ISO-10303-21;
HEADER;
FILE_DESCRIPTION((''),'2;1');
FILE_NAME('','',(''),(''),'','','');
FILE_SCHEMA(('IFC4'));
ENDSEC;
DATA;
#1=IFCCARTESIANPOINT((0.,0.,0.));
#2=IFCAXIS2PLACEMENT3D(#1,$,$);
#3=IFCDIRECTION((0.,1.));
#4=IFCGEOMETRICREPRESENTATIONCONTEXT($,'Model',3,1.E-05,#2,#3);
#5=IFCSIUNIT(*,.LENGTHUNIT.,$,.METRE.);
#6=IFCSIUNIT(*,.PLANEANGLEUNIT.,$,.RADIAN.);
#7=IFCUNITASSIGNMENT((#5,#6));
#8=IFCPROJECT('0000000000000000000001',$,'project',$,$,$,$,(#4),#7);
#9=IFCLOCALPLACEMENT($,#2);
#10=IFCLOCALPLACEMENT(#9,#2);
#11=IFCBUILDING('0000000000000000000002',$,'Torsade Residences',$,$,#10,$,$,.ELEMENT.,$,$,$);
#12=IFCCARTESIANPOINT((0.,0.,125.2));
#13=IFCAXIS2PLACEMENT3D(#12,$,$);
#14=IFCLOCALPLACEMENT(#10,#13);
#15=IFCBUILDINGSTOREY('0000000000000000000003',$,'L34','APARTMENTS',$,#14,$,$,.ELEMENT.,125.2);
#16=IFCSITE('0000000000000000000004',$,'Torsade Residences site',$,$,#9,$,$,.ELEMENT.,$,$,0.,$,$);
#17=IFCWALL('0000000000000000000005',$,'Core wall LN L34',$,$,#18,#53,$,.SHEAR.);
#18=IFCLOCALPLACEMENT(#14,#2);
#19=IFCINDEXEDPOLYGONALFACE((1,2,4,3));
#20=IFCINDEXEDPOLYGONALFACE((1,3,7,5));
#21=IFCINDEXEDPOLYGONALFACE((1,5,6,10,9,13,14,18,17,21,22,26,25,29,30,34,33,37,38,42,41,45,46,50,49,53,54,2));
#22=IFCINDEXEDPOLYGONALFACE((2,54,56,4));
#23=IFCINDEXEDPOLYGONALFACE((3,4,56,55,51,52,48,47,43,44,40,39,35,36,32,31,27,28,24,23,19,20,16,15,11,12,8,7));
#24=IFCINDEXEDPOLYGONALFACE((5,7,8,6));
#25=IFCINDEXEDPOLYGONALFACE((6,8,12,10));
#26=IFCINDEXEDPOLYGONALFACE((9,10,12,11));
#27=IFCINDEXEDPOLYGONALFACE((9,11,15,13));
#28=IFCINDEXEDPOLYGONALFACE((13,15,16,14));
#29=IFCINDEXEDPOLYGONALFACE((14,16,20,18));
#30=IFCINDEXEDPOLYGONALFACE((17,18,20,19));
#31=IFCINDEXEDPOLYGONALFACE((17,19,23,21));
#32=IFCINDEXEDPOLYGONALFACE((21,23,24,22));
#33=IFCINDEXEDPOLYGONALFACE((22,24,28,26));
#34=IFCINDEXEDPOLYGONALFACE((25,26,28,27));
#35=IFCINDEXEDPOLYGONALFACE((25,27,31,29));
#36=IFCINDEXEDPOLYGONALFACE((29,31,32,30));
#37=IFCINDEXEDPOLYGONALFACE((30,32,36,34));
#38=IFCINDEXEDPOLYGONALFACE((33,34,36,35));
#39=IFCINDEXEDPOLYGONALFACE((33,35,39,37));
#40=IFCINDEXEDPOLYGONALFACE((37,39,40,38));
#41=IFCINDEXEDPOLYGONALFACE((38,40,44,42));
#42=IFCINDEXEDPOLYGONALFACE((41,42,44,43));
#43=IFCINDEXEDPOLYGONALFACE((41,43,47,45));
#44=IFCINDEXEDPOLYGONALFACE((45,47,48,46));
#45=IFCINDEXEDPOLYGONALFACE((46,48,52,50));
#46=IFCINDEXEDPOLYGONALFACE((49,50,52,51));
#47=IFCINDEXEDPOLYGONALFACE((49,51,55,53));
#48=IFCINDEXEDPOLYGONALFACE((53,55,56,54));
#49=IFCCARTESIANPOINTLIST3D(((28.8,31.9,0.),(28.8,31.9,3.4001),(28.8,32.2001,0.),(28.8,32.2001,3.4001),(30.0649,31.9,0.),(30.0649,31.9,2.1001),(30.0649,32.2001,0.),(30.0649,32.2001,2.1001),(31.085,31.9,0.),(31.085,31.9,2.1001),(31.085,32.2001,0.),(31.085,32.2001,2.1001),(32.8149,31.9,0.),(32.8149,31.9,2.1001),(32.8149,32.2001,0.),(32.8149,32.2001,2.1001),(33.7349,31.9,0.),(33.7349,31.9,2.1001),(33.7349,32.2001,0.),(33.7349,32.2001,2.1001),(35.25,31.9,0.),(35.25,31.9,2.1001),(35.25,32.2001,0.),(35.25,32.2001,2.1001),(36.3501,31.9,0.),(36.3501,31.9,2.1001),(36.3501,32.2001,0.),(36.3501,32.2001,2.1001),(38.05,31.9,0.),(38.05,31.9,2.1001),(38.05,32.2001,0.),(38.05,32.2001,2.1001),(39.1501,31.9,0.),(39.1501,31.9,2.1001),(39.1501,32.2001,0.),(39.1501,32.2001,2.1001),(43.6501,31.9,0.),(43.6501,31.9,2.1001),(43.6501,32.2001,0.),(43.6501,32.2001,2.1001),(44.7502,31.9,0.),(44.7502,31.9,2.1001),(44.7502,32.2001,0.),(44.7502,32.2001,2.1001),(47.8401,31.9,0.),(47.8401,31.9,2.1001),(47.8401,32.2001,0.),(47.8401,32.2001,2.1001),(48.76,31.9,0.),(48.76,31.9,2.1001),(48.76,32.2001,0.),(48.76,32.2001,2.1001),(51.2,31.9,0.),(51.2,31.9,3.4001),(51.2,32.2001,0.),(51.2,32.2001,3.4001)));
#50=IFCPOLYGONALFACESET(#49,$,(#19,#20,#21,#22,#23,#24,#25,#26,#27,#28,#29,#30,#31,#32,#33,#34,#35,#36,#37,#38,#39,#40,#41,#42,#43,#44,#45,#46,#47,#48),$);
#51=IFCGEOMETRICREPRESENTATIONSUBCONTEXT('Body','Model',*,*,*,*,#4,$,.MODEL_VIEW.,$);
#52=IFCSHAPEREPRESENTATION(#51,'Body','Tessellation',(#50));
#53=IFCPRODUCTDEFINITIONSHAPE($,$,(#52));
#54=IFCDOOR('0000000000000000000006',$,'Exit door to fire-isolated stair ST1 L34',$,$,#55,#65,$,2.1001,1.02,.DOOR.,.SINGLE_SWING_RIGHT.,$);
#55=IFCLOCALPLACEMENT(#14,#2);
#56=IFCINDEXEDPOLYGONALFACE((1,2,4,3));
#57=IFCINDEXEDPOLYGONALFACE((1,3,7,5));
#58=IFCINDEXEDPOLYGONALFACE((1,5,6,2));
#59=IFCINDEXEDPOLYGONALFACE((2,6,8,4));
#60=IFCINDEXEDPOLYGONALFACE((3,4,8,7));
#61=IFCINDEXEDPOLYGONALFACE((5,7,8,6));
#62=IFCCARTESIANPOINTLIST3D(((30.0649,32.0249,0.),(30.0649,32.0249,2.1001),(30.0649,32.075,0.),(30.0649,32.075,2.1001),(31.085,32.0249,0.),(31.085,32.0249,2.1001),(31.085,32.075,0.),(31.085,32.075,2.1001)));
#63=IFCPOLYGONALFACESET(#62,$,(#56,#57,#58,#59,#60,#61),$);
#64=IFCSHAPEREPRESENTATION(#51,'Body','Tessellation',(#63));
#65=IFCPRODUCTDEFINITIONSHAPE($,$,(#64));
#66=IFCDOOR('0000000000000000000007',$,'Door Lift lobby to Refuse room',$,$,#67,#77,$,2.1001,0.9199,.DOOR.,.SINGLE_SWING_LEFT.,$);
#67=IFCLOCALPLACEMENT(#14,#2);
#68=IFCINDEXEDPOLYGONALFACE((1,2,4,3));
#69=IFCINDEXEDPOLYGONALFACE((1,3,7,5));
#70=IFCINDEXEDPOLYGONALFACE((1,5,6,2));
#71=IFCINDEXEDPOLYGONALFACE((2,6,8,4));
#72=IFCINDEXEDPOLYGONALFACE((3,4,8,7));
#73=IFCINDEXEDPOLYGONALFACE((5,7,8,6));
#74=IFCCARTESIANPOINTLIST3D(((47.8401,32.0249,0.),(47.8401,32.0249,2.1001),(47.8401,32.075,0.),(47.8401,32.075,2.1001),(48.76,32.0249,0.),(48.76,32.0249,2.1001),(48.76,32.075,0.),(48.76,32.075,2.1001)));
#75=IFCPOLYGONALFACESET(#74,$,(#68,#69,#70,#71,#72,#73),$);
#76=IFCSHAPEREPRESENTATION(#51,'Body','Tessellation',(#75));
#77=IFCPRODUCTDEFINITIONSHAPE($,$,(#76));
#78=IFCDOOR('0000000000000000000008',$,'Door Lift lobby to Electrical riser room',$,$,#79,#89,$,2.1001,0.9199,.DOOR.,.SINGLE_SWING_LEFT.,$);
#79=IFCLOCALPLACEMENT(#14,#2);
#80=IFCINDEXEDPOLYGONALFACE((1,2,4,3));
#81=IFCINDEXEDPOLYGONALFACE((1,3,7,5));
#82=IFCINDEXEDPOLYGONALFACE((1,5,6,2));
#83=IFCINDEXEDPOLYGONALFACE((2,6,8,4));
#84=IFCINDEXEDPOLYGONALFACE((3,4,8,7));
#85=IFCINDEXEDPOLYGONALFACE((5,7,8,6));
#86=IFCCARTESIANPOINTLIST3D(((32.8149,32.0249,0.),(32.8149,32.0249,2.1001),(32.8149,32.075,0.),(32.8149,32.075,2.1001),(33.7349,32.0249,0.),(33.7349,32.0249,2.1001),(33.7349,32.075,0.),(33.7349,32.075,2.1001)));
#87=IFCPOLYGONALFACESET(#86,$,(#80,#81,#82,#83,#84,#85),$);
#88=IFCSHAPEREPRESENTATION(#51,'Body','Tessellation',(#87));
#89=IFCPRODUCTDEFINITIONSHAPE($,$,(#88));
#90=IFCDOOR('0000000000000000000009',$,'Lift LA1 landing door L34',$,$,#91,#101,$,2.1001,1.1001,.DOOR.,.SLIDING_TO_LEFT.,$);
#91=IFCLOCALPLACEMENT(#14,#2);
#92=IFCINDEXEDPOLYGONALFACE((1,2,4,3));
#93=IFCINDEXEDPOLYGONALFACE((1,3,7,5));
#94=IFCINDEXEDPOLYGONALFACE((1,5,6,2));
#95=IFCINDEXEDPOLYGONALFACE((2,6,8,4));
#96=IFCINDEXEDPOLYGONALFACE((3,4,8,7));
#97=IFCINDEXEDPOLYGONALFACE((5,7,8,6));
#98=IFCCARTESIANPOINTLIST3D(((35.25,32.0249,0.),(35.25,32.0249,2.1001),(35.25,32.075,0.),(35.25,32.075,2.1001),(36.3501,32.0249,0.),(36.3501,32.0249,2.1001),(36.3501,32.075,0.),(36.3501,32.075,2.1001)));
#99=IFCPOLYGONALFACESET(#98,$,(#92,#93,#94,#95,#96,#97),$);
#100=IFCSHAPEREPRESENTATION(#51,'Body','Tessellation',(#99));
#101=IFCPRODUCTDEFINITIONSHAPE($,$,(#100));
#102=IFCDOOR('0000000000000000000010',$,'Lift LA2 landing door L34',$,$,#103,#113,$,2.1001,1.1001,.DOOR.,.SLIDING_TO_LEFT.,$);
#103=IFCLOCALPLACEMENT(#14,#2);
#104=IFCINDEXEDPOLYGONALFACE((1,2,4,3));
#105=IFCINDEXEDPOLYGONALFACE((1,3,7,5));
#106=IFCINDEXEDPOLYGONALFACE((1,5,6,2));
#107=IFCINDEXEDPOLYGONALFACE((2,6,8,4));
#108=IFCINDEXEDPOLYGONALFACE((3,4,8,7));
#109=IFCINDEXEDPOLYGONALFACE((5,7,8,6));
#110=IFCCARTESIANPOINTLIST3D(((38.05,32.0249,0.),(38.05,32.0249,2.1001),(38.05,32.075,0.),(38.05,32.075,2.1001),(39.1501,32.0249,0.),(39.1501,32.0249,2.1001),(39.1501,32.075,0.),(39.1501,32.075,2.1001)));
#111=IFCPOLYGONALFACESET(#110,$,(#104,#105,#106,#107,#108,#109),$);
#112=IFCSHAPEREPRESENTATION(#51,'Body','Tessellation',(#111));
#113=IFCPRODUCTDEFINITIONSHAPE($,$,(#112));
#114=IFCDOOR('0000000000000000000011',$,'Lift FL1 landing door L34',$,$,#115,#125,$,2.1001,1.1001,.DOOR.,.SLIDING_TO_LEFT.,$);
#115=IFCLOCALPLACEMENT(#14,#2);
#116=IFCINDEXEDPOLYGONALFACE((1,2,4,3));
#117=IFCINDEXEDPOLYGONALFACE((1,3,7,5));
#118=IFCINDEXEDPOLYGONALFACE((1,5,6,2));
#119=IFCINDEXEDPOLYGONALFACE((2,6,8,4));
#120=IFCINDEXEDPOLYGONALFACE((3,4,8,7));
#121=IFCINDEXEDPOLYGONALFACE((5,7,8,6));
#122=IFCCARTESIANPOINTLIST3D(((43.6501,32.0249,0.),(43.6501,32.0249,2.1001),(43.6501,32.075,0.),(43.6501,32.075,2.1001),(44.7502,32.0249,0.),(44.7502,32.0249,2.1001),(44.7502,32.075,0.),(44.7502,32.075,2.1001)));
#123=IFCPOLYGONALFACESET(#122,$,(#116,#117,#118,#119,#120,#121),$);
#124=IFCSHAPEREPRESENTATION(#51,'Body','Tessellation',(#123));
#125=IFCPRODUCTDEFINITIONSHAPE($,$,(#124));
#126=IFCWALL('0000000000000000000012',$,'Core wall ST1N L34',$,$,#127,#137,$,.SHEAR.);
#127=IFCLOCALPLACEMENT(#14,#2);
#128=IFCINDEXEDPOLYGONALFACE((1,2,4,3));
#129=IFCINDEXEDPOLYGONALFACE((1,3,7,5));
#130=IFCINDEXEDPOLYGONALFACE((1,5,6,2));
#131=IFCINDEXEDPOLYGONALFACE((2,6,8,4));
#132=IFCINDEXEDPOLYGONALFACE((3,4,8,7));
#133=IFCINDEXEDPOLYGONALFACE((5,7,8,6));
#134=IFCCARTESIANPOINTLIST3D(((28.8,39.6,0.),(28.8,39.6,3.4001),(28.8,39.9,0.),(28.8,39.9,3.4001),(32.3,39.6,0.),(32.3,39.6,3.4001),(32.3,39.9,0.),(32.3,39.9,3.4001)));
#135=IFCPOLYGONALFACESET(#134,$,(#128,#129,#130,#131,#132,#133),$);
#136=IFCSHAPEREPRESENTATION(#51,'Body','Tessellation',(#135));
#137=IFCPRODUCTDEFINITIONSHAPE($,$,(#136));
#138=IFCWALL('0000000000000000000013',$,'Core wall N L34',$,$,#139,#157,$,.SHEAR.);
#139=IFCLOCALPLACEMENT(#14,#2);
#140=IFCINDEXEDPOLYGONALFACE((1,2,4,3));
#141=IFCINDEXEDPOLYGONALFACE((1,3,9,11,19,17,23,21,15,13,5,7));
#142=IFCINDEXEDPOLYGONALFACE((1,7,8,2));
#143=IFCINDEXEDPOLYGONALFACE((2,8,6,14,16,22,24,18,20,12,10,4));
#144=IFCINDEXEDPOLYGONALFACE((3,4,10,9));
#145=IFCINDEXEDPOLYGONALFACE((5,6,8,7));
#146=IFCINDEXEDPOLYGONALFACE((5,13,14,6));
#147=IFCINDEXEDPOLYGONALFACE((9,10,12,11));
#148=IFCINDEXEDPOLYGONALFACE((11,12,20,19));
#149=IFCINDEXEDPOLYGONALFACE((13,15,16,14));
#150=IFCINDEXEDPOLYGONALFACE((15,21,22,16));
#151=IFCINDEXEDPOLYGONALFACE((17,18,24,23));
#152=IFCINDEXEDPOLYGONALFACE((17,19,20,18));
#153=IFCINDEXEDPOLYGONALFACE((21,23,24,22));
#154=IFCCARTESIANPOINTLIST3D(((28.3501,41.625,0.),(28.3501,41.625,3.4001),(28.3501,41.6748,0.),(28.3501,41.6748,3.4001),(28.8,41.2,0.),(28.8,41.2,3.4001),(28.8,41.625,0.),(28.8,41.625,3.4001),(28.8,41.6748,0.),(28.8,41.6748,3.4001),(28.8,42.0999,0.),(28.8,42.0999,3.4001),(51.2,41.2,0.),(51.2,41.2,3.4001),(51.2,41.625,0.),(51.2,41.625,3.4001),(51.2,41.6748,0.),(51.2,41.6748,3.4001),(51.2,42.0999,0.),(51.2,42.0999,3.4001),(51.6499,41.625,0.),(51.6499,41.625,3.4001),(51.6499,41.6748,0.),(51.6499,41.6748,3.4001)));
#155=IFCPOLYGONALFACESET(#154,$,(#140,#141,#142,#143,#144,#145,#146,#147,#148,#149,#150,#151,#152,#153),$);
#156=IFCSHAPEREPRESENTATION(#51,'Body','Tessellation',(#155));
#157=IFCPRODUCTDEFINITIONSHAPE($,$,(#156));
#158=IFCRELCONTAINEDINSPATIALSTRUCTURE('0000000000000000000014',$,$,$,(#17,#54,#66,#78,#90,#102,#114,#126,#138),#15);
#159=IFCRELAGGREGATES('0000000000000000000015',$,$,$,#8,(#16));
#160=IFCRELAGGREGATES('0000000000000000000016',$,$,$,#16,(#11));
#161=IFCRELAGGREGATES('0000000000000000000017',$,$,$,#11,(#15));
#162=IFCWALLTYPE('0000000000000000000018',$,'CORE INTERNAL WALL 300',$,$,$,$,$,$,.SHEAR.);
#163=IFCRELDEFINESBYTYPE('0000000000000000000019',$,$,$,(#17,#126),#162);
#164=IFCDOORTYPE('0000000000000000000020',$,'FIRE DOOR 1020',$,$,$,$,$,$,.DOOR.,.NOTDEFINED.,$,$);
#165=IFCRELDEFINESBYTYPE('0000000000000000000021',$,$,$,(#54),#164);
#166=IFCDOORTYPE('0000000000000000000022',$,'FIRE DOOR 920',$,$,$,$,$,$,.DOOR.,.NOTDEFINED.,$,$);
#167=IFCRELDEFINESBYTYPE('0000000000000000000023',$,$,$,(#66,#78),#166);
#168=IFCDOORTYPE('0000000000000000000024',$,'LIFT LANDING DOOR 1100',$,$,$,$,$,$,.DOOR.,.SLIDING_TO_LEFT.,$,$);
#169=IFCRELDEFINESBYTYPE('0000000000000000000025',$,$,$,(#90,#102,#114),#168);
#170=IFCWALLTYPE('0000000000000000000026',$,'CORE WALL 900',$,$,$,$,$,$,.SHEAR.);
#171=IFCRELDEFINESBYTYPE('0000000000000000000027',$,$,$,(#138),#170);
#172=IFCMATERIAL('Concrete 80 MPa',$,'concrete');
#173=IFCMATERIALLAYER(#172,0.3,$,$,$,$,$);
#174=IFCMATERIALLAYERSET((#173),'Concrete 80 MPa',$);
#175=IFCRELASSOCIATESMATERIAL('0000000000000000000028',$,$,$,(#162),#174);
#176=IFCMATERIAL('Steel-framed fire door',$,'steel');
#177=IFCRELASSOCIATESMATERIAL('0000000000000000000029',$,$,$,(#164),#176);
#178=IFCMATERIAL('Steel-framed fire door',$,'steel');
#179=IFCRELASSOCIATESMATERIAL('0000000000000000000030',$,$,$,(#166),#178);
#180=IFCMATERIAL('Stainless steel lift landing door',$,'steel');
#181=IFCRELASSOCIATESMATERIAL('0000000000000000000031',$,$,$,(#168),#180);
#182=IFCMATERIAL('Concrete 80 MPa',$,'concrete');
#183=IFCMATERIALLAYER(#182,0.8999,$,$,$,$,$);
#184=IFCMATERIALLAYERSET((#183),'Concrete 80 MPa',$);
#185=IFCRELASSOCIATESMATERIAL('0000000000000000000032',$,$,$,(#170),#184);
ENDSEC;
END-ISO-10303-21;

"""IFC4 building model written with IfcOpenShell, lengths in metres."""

from ifc_helpers import new_model, si_unit, direction, frame, frame_2d, origin, place, context, subcontext, project, spatial, polyline, rectangle, outline, extrude, material, layer, layer_set, type_object, element, fill, save


model = new_model("IFC4")

# Units and contexts
model_context = context("Model", 3, precision=1e-05, world=origin(), true_north=direction((0.0, 1.0)))
body_context = subcontext(model_context, "Body", "Model", "MODEL_VIEW")
ifc_project = project(units=[si_unit("LENGTHUNIT", "METRE"), si_unit("PLANEANGLEUNIT", "RADIAN")], contexts=[model_context])

# Site, building, storey
site_placement = place(None, origin())
site = spatial("IfcSite", under=ifc_project, at=site_placement, Name="Torsade Residences site", CompositionType="ELEMENT", RefElevation=0.0)
building_placement = place(site_placement, origin())
building = spatial("IfcBuilding", under=site, at=building_placement, Name="Torsade Residences", CompositionType="ELEMENT")
storey_placement = place(building_placement, frame((0.0, 0.0, 125.2)))
storey = spatial("IfcBuildingStorey", under=building, at=storey_placement, Name="L34", Description="APARTMENTS", CompositionType="ELEMENT", Elevation=125.2)

# Wall, openings, doors
ifc_material_1 = material(Name="Concrete 80 MPa", Category="concrete")
ifc_layer_1 = layer(ifc_material_1, 0.3)
ifc_layer_set_1 = layer_set([ifc_layer_1], Name="Concrete 80 MPa")
wall_type_1 = type_object("IfcWallType", Name="CORE INTERNAL WALL 300", PredefinedType="SHEAR", material=ifc_layer_set_1)
wall_1_placement = place(storey_placement, frame((28.8, 32.05, 0.0), z_axis=(0.0, 0.0, 1.0), x_axis=(1.0, 0.0, 0.0)))
wall_1 = element("IfcWall", 1, at=wall_1_placement, inside=storey, type_object=wall_type_1, Name="Core wall LN L34", PredefinedType="SHEAR", context=body_context, shape_type="SweptSolid", body=[
    extrude(rectangle(XDim=22.3999, YDim=0.3, at=frame_2d((11.2, 0.0))), origin(), (0.0, 0.0, 1.0), 3.4001),
])
opening_1_placement = place(wall_1_placement, frame((19.04, 0.0, 0.0)))
opening_1 = element("IfcOpeningElement", 2, at=opening_1_placement, cuts=wall_1, PredefinedType="OPENING", context=body_context, shape_type="SweptSolid", body=[
    extrude(rectangle(XDim=0.9199, YDim=2.1001, at=frame_2d((0.46, 1.05))), frame((0.0, 0.1599, 0.0), z_axis=(0.0, -1.0, 0.0), x_axis=(1.0, 0.0, 0.0)), (0.0, 0.0, 1.0), 0.3201),
])
opening_2_placement = place(wall_1_placement, frame((1.2649, 0.0, 0.0)))
opening_2 = element("IfcOpeningElement", 3, at=opening_2_placement, cuts=wall_1, PredefinedType="OPENING", context=body_context, shape_type="SweptSolid", body=[
    extrude(rectangle(XDim=1.02, YDim=2.1001, at=frame_2d((0.51, 1.05))), frame((0.0, 0.1599, 0.0), z_axis=(0.0, -1.0, 0.0), x_axis=(1.0, 0.0, 0.0)), (0.0, 0.0, 1.0), 0.3201),
])
opening_3_placement = place(wall_1_placement, frame((4.0149, 0.0, 0.0)))
opening_3 = element("IfcOpeningElement", 4, at=opening_3_placement, cuts=wall_1, PredefinedType="OPENING", context=body_context, shape_type="SweptSolid", body=[
    extrude(rectangle(XDim=0.9199, YDim=2.1001, at=frame_2d((0.46, 1.05))), frame((0.0, 0.1599, 0.0), z_axis=(0.0, -1.0, 0.0), x_axis=(1.0, 0.0, 0.0)), (0.0, 0.0, 1.0), 0.3201),
])
opening_4_placement = place(wall_1_placement, frame((6.45, 0.0, 0.0)))
opening_4 = element("IfcOpeningElement", 5, at=opening_4_placement, cuts=wall_1, PredefinedType="OPENING", context=body_context, shape_type="SweptSolid", body=[
    extrude(rectangle(XDim=1.1001, YDim=2.1001, at=frame_2d((0.55, 1.05))), frame((0.0, 0.1599, 0.0), z_axis=(0.0, -1.0, 0.0), x_axis=(1.0, 0.0, 0.0)), (0.0, 0.0, 1.0), 0.3201),
])
opening_5_placement = place(wall_1_placement, frame((9.25, 0.0, 0.0)))
opening_5 = element("IfcOpeningElement", 6, at=opening_5_placement, cuts=wall_1, PredefinedType="OPENING", context=body_context, shape_type="SweptSolid", body=[
    extrude(rectangle(XDim=1.1001, YDim=2.1001, at=frame_2d((0.55, 1.05))), frame((0.0, 0.1599, 0.0), z_axis=(0.0, -1.0, 0.0), x_axis=(1.0, 0.0, 0.0)), (0.0, 0.0, 1.0), 0.3201),
])
opening_6_placement = place(wall_1_placement, frame((14.8501, 0.0, 0.0)))
opening_6 = element("IfcOpeningElement", 7, at=opening_6_placement, cuts=wall_1, PredefinedType="OPENING", context=body_context, shape_type="SweptSolid", body=[
    extrude(rectangle(XDim=1.1001, YDim=2.1001, at=frame_2d((0.55, 1.05))), frame((0.0, 0.1599, 0.0), z_axis=(0.0, -1.0, 0.0), x_axis=(1.0, 0.0, 0.0)), (0.0, 0.0, 1.0), 0.3201),
])
ifc_material_2 = material(Name="Steel-framed fire door", Category="steel")
door_type_1 = type_object("IfcDoorType", Name="FIRE DOOR 1020", OperationType="NOTDEFINED", PredefinedType="DOOR", material=ifc_material_2)
door_1_placement = place(opening_2_placement, origin())
door_1 = element("IfcDoor", 8, at=door_1_placement, inside=storey, type_object=door_type_1, Name="Exit door to fire-isolated stair ST1 L34", OperationType="SINGLE_SWING_RIGHT", OverallHeight=2.1001, OverallWidth=1.02, PredefinedType="DOOR", context=body_context, shape_type="SweptSolid", body=[
    extrude(rectangle(XDim=1.02, YDim=2.1001, at=frame_2d((0.51, 1.05))), frame((0.0, 0.0249, 0.0), z_axis=(0.0, -1.0, 0.0), x_axis=(1.0, 0.0, 0.0)), (0.0, 0.0, 1.0), 0.05),
])
fill(opening_2, door_1)
ifc_material_3 = material(Name="Steel-framed fire door", Category="steel")
door_type_2 = type_object("IfcDoorType", Name="FIRE DOOR 920", OperationType="NOTDEFINED", PredefinedType="DOOR", material=ifc_material_3)
door_2_placement = place(opening_1_placement, origin())
door_2 = element("IfcDoor", 9, at=door_2_placement, inside=storey, type_object=door_type_2, Name="Door Lift lobby to Refuse room", OperationType="SINGLE_SWING_LEFT", OverallHeight=2.1001, OverallWidth=0.9199, PredefinedType="DOOR", context=body_context, shape_type="SweptSolid", body=[
    extrude(rectangle(XDim=0.9199, YDim=2.1001, at=frame_2d((0.46, 1.05))), frame((0.0, 0.0249, 0.0), z_axis=(0.0, -1.0, 0.0), x_axis=(1.0, 0.0, 0.0)), (0.0, 0.0, 1.0), 0.05),
])
fill(opening_1, door_2)
door_3_placement = place(opening_3_placement, origin())
door_3 = element("IfcDoor", 10, at=door_3_placement, inside=storey, type_object=door_type_2, Name="Door Lift lobby to Electrical riser room", OperationType="SINGLE_SWING_LEFT", OverallHeight=2.1001, OverallWidth=0.9199, PredefinedType="DOOR", context=body_context, shape_type="SweptSolid", body=[
    extrude(rectangle(XDim=0.9199, YDim=2.1001, at=frame_2d((0.46, 1.05))), frame((0.0, 0.0249, 0.0), z_axis=(0.0, -1.0, 0.0), x_axis=(1.0, 0.0, 0.0)), (0.0, 0.0, 1.0), 0.05),
])
fill(opening_3, door_3)
ifc_material_4 = material(Name="Stainless steel lift landing door", Category="steel")
door_type_3 = type_object("IfcDoorType", Name="LIFT LANDING DOOR 1100", OperationType="SLIDING_TO_LEFT", PredefinedType="DOOR", material=ifc_material_4)
door_4_placement = place(opening_4_placement, origin())
door_4 = element("IfcDoor", 11, at=door_4_placement, inside=storey, type_object=door_type_3, Name="Lift LA1 landing door L34", OperationType="SLIDING_TO_LEFT", OverallHeight=2.1001, OverallWidth=1.1001, PredefinedType="DOOR", context=body_context, shape_type="SweptSolid", body=[
    extrude(rectangle(XDim=1.1001, YDim=2.1001, at=frame_2d((0.55, 1.05))), frame((0.0, 0.0249, 0.0), z_axis=(0.0, -1.0, 0.0), x_axis=(1.0, 0.0, 0.0)), (0.0, 0.0, 1.0), 0.05),
])
fill(opening_4, door_4)
door_5_placement = place(opening_5_placement, origin())
door_5 = element("IfcDoor", 12, at=door_5_placement, inside=storey, type_object=door_type_3, Name="Lift LA2 landing door L34", OperationType="SLIDING_TO_LEFT", OverallHeight=2.1001, OverallWidth=1.1001, PredefinedType="DOOR", context=body_context, shape_type="SweptSolid", body=[
    extrude(rectangle(XDim=1.1001, YDim=2.1001, at=frame_2d((0.55, 1.05))), frame((0.0, 0.0249, 0.0), z_axis=(0.0, -1.0, 0.0), x_axis=(1.0, 0.0, 0.0)), (0.0, 0.0, 1.0), 0.05),
])
fill(opening_5, door_5)
door_6_placement = place(opening_6_placement, origin())
door_6 = element("IfcDoor", 13, at=door_6_placement, inside=storey, type_object=door_type_3, Name="Lift FL1 landing door L34", OperationType="SLIDING_TO_LEFT", OverallHeight=2.1001, OverallWidth=1.1001, PredefinedType="DOOR", context=body_context, shape_type="SweptSolid", body=[
    extrude(rectangle(XDim=1.1001, YDim=2.1001, at=frame_2d((0.55, 1.05))), frame((0.0, 0.0249, 0.0), z_axis=(0.0, -1.0, 0.0), x_axis=(1.0, 0.0, 0.0)), (0.0, 0.0, 1.0), 0.05),
])
fill(opening_6, door_6)

# Walls
wall_2_placement = place(storey_placement, frame((28.8, 39.75, 0.0), z_axis=(0.0, 0.0, 1.0), x_axis=(1.0, 0.0, 0.0)))
element("IfcWall", 14, at=wall_2_placement, inside=storey, type_object=wall_type_1, Name="Core wall ST1N L34", PredefinedType="SHEAR", context=body_context, shape_type="SweptSolid", body=[
    extrude(rectangle(XDim=3.5, YDim=0.3, at=frame_2d((1.75, 0.0))), origin(), (0.0, 0.0, 1.0), 3.4001),
])
ifc_material_5 = material(Name="Concrete 80 MPa", Category="concrete")
ifc_layer_2 = layer(ifc_material_5, 0.8999)
ifc_layer_set_2 = layer_set([ifc_layer_2], Name="Concrete 80 MPa")
wall_type_2 = type_object("IfcWallType", Name="CORE WALL 900", PredefinedType="SHEAR", material=ifc_layer_set_2)
wall_3_placement = place(storey_placement, frame((28.8, 41.6499, 0.0), z_axis=(0.0, 0.0, 1.0), x_axis=(1.0, 0.0, 0.0)))
element("IfcWall", 15, at=wall_3_placement, inside=storey, type_object=wall_type_2, Name="Core wall N L34", PredefinedType="SHEAR", context=body_context, shape_type="SweptSolid", body=[
    extrude(outline(polyline([(0.0, -0.45), (22.3999, -0.45), (22.3999, -0.0249), (22.8499, -0.0249), (22.8499, 0.0249), (22.3999, 0.0249), (22.3999, 0.45), (0.0, 0.45), (0.0, 0.0249), (-0.45, 0.0249), (-0.45, -0.0249), (0.0, -0.0249), (0.0, -0.45)])), origin(), (0.0, 0.0, 1.0), 3.4001),
])

save(model, "model.ifc")
